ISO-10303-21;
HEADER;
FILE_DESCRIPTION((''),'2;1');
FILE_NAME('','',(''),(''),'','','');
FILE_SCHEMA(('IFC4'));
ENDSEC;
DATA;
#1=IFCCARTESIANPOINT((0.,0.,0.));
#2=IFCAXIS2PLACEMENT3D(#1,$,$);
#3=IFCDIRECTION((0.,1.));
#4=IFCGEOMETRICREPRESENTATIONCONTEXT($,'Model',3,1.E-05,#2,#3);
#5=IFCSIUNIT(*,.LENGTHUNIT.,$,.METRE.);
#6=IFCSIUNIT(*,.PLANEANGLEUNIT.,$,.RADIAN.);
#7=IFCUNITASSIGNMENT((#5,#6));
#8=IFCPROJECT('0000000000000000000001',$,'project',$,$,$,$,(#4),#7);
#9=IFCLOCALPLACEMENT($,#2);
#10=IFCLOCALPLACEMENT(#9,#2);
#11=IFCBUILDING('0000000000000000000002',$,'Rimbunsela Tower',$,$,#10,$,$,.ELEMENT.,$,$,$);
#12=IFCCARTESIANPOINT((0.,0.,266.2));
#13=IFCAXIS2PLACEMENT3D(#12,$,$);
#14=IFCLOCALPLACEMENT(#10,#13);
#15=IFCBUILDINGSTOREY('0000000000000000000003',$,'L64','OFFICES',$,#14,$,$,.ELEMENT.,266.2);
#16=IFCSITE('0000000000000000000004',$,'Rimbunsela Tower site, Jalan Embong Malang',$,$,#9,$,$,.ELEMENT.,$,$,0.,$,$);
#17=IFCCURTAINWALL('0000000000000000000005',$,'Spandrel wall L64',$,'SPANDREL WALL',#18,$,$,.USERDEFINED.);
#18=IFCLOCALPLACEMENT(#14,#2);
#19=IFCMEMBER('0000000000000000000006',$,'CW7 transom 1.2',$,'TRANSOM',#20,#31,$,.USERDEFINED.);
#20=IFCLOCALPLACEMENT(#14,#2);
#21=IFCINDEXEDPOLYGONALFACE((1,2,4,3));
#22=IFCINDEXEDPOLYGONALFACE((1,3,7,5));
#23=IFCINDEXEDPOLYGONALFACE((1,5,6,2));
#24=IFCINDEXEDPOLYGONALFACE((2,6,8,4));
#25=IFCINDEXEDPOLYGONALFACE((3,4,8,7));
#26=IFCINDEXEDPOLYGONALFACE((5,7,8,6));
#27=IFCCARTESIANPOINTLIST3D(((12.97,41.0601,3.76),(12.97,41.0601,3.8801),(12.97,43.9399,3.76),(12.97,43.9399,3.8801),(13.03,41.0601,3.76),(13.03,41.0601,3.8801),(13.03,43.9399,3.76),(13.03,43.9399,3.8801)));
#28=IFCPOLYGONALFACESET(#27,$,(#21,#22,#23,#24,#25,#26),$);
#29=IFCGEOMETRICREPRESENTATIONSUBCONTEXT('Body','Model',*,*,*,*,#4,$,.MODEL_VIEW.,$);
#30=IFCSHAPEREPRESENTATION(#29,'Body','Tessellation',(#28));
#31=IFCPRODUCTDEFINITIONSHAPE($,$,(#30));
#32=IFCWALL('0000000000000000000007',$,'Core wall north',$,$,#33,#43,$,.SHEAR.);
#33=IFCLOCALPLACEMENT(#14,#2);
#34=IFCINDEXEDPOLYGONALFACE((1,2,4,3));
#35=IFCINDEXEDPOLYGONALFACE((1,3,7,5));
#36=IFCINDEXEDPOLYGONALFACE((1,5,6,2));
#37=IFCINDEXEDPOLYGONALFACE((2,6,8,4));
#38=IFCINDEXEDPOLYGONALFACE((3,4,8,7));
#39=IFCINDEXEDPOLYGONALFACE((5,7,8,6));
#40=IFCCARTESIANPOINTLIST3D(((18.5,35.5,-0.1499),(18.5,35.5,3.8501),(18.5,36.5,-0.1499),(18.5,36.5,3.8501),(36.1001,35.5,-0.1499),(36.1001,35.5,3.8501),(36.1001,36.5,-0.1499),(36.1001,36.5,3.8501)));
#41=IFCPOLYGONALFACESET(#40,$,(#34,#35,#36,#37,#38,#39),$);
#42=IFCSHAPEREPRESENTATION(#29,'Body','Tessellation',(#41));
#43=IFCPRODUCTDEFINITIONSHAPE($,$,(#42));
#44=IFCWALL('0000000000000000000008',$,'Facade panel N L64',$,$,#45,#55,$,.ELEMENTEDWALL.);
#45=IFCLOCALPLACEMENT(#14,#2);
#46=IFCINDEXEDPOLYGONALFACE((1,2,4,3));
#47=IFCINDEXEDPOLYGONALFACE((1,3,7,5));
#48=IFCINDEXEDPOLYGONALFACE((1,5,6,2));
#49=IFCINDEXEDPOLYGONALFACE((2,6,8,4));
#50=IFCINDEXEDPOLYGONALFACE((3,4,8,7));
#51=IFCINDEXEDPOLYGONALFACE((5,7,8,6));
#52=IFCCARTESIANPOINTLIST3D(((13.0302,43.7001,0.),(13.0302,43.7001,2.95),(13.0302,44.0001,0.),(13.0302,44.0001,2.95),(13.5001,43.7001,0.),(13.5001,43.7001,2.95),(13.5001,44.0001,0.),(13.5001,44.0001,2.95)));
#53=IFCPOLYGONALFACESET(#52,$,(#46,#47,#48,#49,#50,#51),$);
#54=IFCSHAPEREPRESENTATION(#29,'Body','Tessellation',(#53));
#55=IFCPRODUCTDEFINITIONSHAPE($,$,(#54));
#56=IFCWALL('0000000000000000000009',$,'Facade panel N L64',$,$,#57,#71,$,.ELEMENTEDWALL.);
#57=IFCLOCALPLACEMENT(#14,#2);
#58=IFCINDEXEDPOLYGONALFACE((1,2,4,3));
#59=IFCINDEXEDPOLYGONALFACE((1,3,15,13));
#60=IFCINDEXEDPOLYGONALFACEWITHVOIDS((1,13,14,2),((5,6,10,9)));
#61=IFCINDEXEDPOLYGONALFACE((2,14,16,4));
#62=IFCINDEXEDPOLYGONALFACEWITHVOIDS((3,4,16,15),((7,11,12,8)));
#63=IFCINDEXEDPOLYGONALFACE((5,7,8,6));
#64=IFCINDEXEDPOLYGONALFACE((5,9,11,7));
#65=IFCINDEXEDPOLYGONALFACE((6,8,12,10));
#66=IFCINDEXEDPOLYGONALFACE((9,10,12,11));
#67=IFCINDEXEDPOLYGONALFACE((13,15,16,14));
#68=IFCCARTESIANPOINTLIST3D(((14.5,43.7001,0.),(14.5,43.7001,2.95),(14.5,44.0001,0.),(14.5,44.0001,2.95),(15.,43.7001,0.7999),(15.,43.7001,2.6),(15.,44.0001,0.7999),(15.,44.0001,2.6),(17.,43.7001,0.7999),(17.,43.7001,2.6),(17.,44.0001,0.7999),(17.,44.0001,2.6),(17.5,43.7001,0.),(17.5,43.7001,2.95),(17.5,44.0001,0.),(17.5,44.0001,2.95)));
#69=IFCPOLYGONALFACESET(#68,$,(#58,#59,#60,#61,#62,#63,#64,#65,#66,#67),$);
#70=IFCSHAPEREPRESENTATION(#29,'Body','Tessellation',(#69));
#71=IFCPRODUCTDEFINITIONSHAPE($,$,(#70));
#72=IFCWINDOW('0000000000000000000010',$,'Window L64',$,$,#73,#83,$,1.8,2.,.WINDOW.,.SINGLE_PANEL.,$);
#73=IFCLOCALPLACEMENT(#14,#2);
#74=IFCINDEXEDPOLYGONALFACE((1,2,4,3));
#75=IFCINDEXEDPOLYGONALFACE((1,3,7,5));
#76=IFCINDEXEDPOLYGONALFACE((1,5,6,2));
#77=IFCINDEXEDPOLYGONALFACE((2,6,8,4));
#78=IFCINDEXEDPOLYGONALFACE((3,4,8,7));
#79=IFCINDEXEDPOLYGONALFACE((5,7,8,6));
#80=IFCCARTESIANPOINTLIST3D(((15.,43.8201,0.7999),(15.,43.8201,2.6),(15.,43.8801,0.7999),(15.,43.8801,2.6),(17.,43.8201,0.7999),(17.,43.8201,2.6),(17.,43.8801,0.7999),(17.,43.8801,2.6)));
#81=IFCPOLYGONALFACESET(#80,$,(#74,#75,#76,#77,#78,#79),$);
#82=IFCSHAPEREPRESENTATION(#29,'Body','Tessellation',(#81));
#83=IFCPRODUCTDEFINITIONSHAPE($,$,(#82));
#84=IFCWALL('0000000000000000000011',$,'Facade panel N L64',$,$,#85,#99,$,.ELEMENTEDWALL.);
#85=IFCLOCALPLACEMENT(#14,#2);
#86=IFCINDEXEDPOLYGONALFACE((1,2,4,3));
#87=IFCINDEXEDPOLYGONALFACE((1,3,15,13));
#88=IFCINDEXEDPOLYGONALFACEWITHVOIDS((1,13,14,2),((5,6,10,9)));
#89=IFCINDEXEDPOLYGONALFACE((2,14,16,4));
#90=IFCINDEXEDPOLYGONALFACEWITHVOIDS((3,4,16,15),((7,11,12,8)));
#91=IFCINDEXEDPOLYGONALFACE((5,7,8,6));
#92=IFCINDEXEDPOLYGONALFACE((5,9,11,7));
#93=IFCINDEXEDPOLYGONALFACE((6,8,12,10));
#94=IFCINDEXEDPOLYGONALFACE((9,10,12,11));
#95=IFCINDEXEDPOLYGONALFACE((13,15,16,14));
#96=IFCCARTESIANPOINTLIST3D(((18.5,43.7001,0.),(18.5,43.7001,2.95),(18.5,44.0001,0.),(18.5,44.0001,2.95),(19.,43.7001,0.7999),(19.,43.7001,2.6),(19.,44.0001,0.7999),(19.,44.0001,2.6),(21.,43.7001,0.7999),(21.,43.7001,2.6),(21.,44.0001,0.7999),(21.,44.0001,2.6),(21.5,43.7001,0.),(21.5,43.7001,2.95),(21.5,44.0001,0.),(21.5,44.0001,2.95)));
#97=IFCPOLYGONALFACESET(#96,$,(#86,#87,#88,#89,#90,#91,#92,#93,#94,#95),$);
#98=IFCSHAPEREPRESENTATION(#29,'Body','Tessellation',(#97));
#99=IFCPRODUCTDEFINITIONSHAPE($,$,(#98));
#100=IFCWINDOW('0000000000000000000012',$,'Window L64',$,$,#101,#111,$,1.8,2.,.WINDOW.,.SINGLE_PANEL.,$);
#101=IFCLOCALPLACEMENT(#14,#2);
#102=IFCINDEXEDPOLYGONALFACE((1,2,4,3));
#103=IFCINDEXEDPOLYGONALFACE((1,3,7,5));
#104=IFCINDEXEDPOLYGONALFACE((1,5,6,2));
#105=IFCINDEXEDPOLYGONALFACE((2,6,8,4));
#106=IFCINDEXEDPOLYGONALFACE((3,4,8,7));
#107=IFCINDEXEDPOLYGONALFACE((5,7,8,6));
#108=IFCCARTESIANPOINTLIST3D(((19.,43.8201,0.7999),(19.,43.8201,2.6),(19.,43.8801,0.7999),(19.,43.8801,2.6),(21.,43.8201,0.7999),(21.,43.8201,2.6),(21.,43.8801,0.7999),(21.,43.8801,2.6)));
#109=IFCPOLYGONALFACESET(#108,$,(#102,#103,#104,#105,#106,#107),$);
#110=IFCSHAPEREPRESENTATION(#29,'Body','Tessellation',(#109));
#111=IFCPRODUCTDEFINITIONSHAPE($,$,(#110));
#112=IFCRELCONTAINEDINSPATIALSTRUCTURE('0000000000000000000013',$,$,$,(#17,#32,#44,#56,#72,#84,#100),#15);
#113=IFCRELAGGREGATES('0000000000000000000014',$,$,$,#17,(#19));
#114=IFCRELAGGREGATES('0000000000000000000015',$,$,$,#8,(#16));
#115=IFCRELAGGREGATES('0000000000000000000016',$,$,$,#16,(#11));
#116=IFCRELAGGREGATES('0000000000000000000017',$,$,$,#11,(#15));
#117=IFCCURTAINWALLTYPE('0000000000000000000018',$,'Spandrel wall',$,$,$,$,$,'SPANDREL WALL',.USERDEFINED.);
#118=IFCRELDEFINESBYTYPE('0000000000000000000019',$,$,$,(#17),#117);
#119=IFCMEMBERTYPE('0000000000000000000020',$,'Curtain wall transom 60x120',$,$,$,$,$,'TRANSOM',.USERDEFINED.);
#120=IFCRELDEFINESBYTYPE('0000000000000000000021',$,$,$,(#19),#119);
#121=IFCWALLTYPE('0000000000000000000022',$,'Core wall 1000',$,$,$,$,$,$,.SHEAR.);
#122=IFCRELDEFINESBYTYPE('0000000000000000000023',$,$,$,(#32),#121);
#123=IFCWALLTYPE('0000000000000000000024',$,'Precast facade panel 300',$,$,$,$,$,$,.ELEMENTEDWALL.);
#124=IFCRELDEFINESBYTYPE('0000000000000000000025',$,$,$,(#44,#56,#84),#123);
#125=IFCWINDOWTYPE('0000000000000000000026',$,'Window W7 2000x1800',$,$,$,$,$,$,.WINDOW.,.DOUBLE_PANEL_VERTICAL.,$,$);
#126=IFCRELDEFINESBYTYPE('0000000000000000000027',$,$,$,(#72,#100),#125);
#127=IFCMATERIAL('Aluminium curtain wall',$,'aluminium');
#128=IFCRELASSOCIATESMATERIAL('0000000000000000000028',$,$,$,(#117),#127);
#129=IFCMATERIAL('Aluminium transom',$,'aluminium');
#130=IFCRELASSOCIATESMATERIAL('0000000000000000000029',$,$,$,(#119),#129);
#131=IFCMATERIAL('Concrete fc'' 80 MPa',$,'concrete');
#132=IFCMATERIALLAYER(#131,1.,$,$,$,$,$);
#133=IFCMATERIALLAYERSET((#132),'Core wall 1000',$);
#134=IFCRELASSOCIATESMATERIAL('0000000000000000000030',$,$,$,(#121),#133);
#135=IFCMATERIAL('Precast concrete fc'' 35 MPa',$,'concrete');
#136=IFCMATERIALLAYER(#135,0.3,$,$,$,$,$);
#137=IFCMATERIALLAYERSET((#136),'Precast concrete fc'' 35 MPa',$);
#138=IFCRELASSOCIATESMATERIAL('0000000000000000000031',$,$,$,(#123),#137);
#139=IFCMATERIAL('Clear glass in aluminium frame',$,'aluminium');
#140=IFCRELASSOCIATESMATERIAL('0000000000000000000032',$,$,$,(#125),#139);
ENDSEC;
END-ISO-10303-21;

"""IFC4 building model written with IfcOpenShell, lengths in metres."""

from ifc_helpers import new_model, si_unit, direction, frame, frame_2d, origin, origin_2d, place, context, subcontext, project, spatial, rectangle, extrude, material, layer, layer_set, material_profile, profile_set, type_object, element, fill, aggregate, save


model = new_model("IFC4")

# Units and contexts
model_context = context("Model", 3, precision=1e-05, world=origin(), true_north=direction((0.0, 1.0)))
body_context = subcontext(model_context, "Body", "Model", "MODEL_VIEW")
ifc_project = project(units=[si_unit("LENGTHUNIT", "METRE"), si_unit("PLANEANGLEUNIT", "RADIAN")], contexts=[model_context])

# Site, building, storey
site_placement = place(None, origin())
site = spatial("IfcSite", under=ifc_project, at=site_placement, Name="Rimbunsela Tower site, Jalan Embong Malang", CompositionType="ELEMENT", RefElevation=0.0)
building_placement = place(site_placement, origin())
building = spatial("IfcBuilding", under=site, at=building_placement, Name="Rimbunsela Tower", CompositionType="ELEMENT")
storey_placement = place(building_placement, frame((0.0, 0.0, 266.2)))
storey = spatial("IfcBuildingStorey", under=building, at=storey_placement, Name="L64", Description="OFFICES", CompositionType="ELEMENT", Elevation=266.2)

# Curtain wall, member
ifc_material_1 = material(Name="Aluminium curtain wall", Category="aluminium")
curtain_wall_type_1 = type_object("IfcCurtainWallType", Name="Spandrel wall", ElementType="SPANDREL WALL", PredefinedType="USERDEFINED", material=ifc_material_1)
curtain_wall_1_placement = place(storey_placement, origin())
curtain_wall_1 = element("IfcCurtainWall", 1, at=curtain_wall_1_placement, inside=storey, type_object=curtain_wall_type_1, Name="Spandrel wall L64", ObjectType="SPANDREL WALL", PredefinedType="USERDEFINED")
ifc_material_2 = material(Name="Aluminium transom", Category="aluminium")
ifc_material_profile_1 = material_profile(ifc_material_2, rectangle(XDim=0.0601, YDim=0.1201, at=origin_2d()), Name="Transom 60x120")
ifc_profile_set_1 = profile_set([ifc_material_profile_1], Name="Aluminium transom")
member_type_1 = type_object("IfcMemberType", Name="Curtain wall transom 60x120", ElementType="TRANSOM", PredefinedType="USERDEFINED", material=ifc_profile_set_1)
member_1_placement = place(storey_placement, frame((13.0, 43.9399, 3.8201), z_axis=(0.0, -1.0, 0.0), x_axis=(1.0, 0.0, 0.0)))
member_1 = element("IfcMember", 2, at=member_1_placement, type_object=member_type_1, Name="CW7 transom 1.2", ObjectType="TRANSOM", PredefinedType="USERDEFINED", context=body_context, shape_type="SweptSolid", body=[
    extrude(rectangle(XDim=0.0601, YDim=0.1201, at=origin_2d()), origin(), (0.0, 0.0, 1.0), 2.8799),
])
aggregate(curtain_wall_1, [member_1])

# Walls
ifc_material_3 = material(Name="Concrete fc' 80 MPa", Category="concrete")
ifc_layer_1 = layer(ifc_material_3, 1.0)
ifc_layer_set_1 = layer_set([ifc_layer_1], Name="Core wall 1000")
wall_type_1 = type_object("IfcWallType", Name="Core wall 1000", PredefinedType="SHEAR", material=ifc_layer_set_1)
wall_1_placement = place(storey_placement, frame((18.5, 36.0, -0.1499), z_axis=(0.0, 0.0, 1.0), x_axis=(1.0, 0.0, 0.0)))
element("IfcWall", 3, at=wall_1_placement, inside=storey, type_object=wall_type_1, Name="Core wall north", PredefinedType="SHEAR", context=body_context, shape_type="SweptSolid", body=[
    extrude(rectangle(XDim=17.6001, YDim=1.0, at=frame_2d((8.8, 0.0))), origin(), (0.0, 0.0, 1.0), 4.0),
])
ifc_material_4 = material(Name="Precast concrete fc' 35 MPa", Category="concrete")
ifc_layer_2 = layer(ifc_material_4, 0.3)
ifc_layer_set_2 = layer_set([ifc_layer_2], Name="Precast concrete fc' 35 MPa")
wall_type_2 = type_object("IfcWallType", Name="Precast facade panel 300", PredefinedType="ELEMENTEDWALL", material=ifc_layer_set_2)
wall_2_placement = place(storey_placement, frame((13.5, 43.8501, 0.0), z_axis=(0.0, 0.0, 1.0), x_axis=(-1.0, 0.0, 0.0)))
element("IfcWall", 4, at=wall_2_placement, inside=storey, type_object=wall_type_2, Name="Facade panel N L64", PredefinedType="ELEMENTEDWALL", context=body_context, shape_type="SweptSolid", body=[
    extrude(rectangle(XDim=0.47, YDim=0.3, at=frame_2d((0.2349, 0.0))), origin(), (0.0, 0.0, 1.0), 2.95),
])

# Walls, openings, windows
wall_3_placement = place(storey_placement, frame((17.5, 43.8501, 0.0), z_axis=(0.0, 0.0, 1.0), x_axis=(-1.0, 0.0, 0.0)))
wall_3 = element("IfcWall", 5, at=wall_3_placement, inside=storey, type_object=wall_type_2, Name="Facade panel N L64", PredefinedType="ELEMENTEDWALL", context=body_context, shape_type="SweptSolid", body=[
    extrude(rectangle(XDim=3.0, YDim=0.3, at=frame_2d((1.5, 0.0))), origin(), (0.0, 0.0, 1.0), 2.95),
])
opening_1_placement = place(wall_3_placement, frame((0.5, 0.0, 0.8)))
opening_1 = element("IfcOpeningElement", 6, at=opening_1_placement, cuts=wall_3, PredefinedType="OPENING", context=body_context, shape_type="SweptSolid", body=[
    extrude(rectangle(XDim=2.0, YDim=1.8, at=frame_2d((1.0, 0.8999))), frame((0.0, 0.1599, 0.0), z_axis=(0.0, -1.0, 0.0), x_axis=(1.0, 0.0, 0.0)), (0.0, 0.0, 1.0), 0.3201),
])
ifc_material_5 = material(Name="Clear glass in aluminium frame", Category="aluminium")
window_type = type_object("IfcWindowType", Name="Window W7 2000x1800", PartitioningType="DOUBLE_PANEL_VERTICAL", PredefinedType="WINDOW", material=ifc_material_5)
window_1_placement = place(opening_1_placement, origin())
window_1 = element("IfcWindow", 7, at=window_1_placement, inside=storey, type_object=window_type, Name="Window L64", OverallHeight=1.8, OverallWidth=2.0, PartitioningType="SINGLE_PANEL", PredefinedType="WINDOW", context=body_context, shape_type="SweptSolid", body=[
    extrude(rectangle(XDim=2.0, YDim=1.8, at=frame_2d((1.0, 0.8999))), frame((0.0, 0.03, 0.0), z_axis=(0.0, -1.0, 0.0), x_axis=(1.0, 0.0, 0.0)), (0.0, 0.0, 1.0), 0.0601),
])
fill(opening_1, window_1)
wall_4_placement = place(storey_placement, frame((21.5, 43.8501, 0.0), z_axis=(0.0, 0.0, 1.0), x_axis=(-1.0, 0.0, 0.0)))
wall_4 = element("IfcWall", 8, at=wall_4_placement, inside=storey, type_object=wall_type_2, Name="Facade panel N L64", PredefinedType="ELEMENTEDWALL", context=body_context, shape_type="SweptSolid", body=[
    extrude(rectangle(XDim=3.0, YDim=0.3, at=frame_2d((1.5, 0.0))), origin(), (0.0, 0.0, 1.0), 2.95),
])
opening_2_placement = place(wall_4_placement, frame((0.5, 0.0, 0.8)))
opening_2 = element("IfcOpeningElement", 9, at=opening_2_placement, cuts=wall_4, PredefinedType="OPENING", context=body_context, shape_type="SweptSolid", body=[
    extrude(rectangle(XDim=2.0, YDim=1.8, at=frame_2d((1.0, 0.8999))), frame((0.0, 0.1599, 0.0), z_axis=(0.0, -1.0, 0.0), x_axis=(1.0, 0.0, 0.0)), (0.0, 0.0, 1.0), 0.3201),
])
window_2_placement = place(opening_2_placement, origin())
window_2 = element("IfcWindow", 10, at=window_2_placement, inside=storey, type_object=window_type, Name="Window L64", OverallHeight=1.8, OverallWidth=2.0, PartitioningType="SINGLE_PANEL", PredefinedType="WINDOW", context=body_context, shape_type="SweptSolid", body=[
    extrude(rectangle(XDim=2.0, YDim=1.8, at=frame_2d((1.0, 0.8999))), frame((0.0, 0.03, 0.0), z_axis=(0.0, -1.0, 0.0), x_axis=(1.0, 0.0, 0.0)), (0.0, 0.0, 1.0), 0.0601),
])
fill(opening_2, window_2)

save(model, "model.ifc")
